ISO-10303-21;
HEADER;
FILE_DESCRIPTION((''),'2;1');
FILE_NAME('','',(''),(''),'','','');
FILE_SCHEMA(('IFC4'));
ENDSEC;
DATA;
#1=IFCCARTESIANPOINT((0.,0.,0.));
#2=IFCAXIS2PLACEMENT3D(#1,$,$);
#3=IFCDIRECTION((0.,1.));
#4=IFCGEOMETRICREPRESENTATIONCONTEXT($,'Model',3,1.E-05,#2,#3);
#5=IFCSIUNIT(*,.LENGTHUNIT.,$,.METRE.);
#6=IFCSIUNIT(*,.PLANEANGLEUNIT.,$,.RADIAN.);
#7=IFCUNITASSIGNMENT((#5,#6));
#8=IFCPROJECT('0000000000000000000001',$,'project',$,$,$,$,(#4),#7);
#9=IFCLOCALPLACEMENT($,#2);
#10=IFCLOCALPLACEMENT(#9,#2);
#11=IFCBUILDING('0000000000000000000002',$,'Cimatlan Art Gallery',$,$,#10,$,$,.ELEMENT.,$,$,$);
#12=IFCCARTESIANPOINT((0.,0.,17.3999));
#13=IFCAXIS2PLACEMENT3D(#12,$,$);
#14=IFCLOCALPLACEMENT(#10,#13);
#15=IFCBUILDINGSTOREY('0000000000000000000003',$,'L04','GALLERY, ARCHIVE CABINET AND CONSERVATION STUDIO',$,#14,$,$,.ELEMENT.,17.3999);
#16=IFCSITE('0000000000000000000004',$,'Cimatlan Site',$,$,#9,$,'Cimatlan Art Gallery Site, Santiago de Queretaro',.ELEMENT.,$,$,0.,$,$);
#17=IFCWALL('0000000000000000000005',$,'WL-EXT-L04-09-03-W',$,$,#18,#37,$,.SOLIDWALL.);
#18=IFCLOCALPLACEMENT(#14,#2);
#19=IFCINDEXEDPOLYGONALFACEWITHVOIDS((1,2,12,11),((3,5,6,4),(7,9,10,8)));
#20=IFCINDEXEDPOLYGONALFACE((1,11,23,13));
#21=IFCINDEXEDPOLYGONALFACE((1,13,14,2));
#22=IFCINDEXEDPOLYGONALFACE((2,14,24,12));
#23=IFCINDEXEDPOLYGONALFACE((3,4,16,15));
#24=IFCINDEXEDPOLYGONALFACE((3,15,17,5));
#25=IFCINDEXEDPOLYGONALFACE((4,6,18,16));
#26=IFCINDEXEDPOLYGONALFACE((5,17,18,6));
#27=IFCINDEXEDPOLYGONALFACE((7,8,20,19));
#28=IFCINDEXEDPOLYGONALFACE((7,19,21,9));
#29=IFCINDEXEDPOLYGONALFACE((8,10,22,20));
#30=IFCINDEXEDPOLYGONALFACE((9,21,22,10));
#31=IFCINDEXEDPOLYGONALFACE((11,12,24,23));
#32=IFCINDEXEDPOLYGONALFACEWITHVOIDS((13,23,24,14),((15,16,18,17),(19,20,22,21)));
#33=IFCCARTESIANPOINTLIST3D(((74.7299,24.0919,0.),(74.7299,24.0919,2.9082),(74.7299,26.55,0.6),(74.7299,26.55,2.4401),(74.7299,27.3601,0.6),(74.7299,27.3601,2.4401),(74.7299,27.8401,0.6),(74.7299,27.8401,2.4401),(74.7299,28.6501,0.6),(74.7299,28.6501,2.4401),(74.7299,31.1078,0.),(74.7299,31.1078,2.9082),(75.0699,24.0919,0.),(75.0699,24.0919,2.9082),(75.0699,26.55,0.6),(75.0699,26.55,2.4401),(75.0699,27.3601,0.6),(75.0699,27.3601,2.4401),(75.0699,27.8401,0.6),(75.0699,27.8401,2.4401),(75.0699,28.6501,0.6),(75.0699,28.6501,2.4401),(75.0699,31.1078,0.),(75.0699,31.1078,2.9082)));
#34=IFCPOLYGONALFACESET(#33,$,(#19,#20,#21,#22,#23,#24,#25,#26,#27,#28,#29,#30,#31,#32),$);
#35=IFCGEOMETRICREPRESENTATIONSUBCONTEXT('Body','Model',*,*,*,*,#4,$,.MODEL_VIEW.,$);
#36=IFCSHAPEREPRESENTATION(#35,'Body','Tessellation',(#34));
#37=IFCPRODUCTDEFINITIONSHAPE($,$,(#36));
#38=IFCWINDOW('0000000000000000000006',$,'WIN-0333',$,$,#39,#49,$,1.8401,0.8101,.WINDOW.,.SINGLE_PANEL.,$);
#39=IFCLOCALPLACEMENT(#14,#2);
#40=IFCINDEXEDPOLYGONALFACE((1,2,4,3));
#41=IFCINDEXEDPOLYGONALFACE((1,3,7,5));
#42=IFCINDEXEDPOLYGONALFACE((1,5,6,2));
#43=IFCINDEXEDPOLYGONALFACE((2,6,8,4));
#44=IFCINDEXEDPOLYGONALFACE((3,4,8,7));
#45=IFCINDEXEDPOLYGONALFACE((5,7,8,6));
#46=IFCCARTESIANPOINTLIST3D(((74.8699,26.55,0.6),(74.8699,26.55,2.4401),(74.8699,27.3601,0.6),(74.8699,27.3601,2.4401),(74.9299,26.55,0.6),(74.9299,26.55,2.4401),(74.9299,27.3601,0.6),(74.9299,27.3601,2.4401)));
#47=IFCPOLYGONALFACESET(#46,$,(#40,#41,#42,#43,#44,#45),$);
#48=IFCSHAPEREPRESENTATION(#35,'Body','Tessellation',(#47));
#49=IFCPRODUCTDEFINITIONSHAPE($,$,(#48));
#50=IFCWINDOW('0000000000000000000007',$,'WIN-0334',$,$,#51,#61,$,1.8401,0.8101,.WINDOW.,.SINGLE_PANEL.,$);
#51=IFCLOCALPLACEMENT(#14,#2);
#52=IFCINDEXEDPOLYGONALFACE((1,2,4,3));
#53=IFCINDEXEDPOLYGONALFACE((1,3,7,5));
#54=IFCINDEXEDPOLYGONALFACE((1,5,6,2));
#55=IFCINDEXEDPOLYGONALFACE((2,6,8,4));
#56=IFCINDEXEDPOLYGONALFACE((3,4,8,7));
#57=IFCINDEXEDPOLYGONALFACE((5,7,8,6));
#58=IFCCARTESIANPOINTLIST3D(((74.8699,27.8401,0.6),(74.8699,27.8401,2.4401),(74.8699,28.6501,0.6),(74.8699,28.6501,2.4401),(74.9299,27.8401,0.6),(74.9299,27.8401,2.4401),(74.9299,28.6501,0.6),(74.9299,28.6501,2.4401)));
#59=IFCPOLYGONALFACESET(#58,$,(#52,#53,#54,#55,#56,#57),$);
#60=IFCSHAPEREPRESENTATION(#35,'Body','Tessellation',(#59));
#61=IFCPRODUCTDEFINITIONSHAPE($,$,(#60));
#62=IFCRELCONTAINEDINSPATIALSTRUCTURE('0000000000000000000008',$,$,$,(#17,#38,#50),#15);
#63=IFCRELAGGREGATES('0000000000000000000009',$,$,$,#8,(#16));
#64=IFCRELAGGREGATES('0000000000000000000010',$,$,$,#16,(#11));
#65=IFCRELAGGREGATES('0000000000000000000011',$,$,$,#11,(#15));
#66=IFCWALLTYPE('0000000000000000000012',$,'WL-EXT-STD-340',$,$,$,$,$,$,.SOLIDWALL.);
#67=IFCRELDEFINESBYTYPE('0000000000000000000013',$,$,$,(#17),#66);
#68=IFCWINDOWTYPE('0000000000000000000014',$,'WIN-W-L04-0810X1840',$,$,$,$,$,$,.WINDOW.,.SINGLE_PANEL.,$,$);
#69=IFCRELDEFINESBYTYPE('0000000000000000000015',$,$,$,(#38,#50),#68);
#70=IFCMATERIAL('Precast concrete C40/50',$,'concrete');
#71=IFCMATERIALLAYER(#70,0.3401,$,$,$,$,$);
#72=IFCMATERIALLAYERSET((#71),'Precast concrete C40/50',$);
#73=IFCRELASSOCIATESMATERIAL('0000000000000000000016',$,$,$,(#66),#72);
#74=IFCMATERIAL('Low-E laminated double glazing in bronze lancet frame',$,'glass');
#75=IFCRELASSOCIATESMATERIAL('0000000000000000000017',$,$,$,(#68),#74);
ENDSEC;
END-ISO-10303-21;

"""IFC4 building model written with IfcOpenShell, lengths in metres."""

from ifc_helpers import new_model, si_unit, direction, frame, frame_2d, origin, place, context, subcontext, project, spatial, rectangle, extrude, material, layer, layer_set, type_object, element, fill, save


model = new_model("IFC4")

# Units and contexts
model_context = context("Model", 3, precision=1e-05, world=origin(), true_north=direction((0.0, 1.0)))
body_context = subcontext(model_context, "Body", "Model", "MODEL_VIEW")
ifc_project = project(units=[si_unit("LENGTHUNIT", "METRE"), si_unit("PLANEANGLEUNIT", "RADIAN")], contexts=[model_context])

# Site, building, storey
site_placement = place(None, origin())
site = spatial("IfcSite", under=ifc_project, at=site_placement, Name="Cimatlan Site", LongName="Cimatlan Art Gallery Site, Santiago de Queretaro", CompositionType="ELEMENT", RefElevation=0.0)
building_placement = place(site_placement, origin())
building = spatial("IfcBuilding", under=site, at=building_placement, Name="Cimatlan Art Gallery", CompositionType="ELEMENT")
storey_placement = place(building_placement, frame((0.0, 0.0, 17.3999)))
storey = spatial("IfcBuildingStorey", under=building, at=storey_placement, Name="L04", Description="GALLERY, ARCHIVE CABINET AND CONSERVATION STUDIO", CompositionType="ELEMENT", Elevation=17.3999)

# Wall, openings, windows
ifc_material_1 = material(Name="Precast concrete C40/50", Category="concrete")
ifc_layer_1 = layer(ifc_material_1, 0.3401)
ifc_layer_set_1 = layer_set([ifc_layer_1], Name="Precast concrete C40/50")
wall_type_1 = type_object("IfcWallType", Name="WL-EXT-STD-340", PredefinedType="SOLIDWALL", material=ifc_layer_set_1)
wall_1_placement = place(storey_placement, frame((74.8999, 24.092, 0.0), z_axis=(0.0, 0.0, 1.0), x_axis=(0.0, 1.0, 0.0)))
wall_1 = element("IfcWall", 1, at=wall_1_placement, inside=storey, type_object=wall_type_1, Name="WL-EXT-L04-09-03-W", PredefinedType="SOLIDWALL", context=body_context, shape_type="SweptSolid", body=[
    extrude(rectangle(XDim=7.0159, YDim=0.3401, at=frame_2d((3.5078, 0.0))), origin(), (0.0, 0.0, 1.0), 2.9082),
])
opening_1_placement = place(wall_1_placement, frame((2.458, 0.0, 0.6001)))
opening_1 = element("IfcOpeningElement", 2, at=opening_1_placement, cuts=wall_1, PredefinedType="OPENING", context=body_context, shape_type="SweptSolid", body=[
    extrude(rectangle(XDim=0.8101, YDim=1.8401, at=frame_2d((0.405, 0.9199))), frame((0.0, 0.1802, 0.0), z_axis=(0.0, -1.0, 0.0), x_axis=(1.0, 0.0, 0.0)), (0.0, 0.0, 1.0), 0.3601),
])
opening_2_placement = place(wall_1_placement, frame((3.748, 0.0, 0.6001)))
opening_2 = element("IfcOpeningElement", 3, at=opening_2_placement, cuts=wall_1, PredefinedType="OPENING", context=body_context, shape_type="SweptSolid", body=[
    extrude(rectangle(XDim=0.8101, YDim=1.8401, at=frame_2d((0.405, 0.9199))), frame((0.0, 0.1802, 0.0), z_axis=(0.0, -1.0, 0.0), x_axis=(1.0, 0.0, 0.0)), (0.0, 0.0, 1.0), 0.3601),
])
ifc_material_2 = material(Name="Low-E laminated double glazing in bronze lancet frame", Category="glass")
window_type = type_object("IfcWindowType", Name="WIN-W-L04-0810X1840", PartitioningType="SINGLE_PANEL", PredefinedType="WINDOW", material=ifc_material_2)
window_1_placement = place(opening_1_placement, origin())
window_1 = element("IfcWindow", 4, at=window_1_placement, inside=storey, type_object=window_type, Name="WIN-0333", OverallHeight=1.8401, OverallWidth=0.8101, PartitioningType="SINGLE_PANEL", PredefinedType="WINDOW", context=body_context, shape_type="SweptSolid", body=[
    extrude(rectangle(XDim=0.8101, YDim=1.8401, at=frame_2d((0.405, 0.9199))), frame((0.0, 0.03, 0.0), z_axis=(0.0, -1.0, 0.0), x_axis=(1.0, 0.0, 0.0)), (0.0, 0.0, 1.0), 0.0601),
])
fill(opening_1, window_1)
window_2_placement = place(opening_2_placement, origin())
window_2 = element("IfcWindow", 5, at=window_2_placement, inside=storey, type_object=window_type, Name="WIN-0334", OverallHeight=1.8401, OverallWidth=0.8101, PartitioningType="SINGLE_PANEL", PredefinedType="WINDOW", context=body_context, shape_type="SweptSolid", body=[
    extrude(rectangle(XDim=0.8101, YDim=1.8401, at=frame_2d((0.405, 0.9199))), frame((0.0, 0.03, 0.0), z_axis=(0.0, -1.0, 0.0), x_axis=(1.0, 0.0, 0.0)), (0.0, 0.0, 1.0), 0.0601),
])
fill(opening_2, window_2)

save(model, "model.ifc")
